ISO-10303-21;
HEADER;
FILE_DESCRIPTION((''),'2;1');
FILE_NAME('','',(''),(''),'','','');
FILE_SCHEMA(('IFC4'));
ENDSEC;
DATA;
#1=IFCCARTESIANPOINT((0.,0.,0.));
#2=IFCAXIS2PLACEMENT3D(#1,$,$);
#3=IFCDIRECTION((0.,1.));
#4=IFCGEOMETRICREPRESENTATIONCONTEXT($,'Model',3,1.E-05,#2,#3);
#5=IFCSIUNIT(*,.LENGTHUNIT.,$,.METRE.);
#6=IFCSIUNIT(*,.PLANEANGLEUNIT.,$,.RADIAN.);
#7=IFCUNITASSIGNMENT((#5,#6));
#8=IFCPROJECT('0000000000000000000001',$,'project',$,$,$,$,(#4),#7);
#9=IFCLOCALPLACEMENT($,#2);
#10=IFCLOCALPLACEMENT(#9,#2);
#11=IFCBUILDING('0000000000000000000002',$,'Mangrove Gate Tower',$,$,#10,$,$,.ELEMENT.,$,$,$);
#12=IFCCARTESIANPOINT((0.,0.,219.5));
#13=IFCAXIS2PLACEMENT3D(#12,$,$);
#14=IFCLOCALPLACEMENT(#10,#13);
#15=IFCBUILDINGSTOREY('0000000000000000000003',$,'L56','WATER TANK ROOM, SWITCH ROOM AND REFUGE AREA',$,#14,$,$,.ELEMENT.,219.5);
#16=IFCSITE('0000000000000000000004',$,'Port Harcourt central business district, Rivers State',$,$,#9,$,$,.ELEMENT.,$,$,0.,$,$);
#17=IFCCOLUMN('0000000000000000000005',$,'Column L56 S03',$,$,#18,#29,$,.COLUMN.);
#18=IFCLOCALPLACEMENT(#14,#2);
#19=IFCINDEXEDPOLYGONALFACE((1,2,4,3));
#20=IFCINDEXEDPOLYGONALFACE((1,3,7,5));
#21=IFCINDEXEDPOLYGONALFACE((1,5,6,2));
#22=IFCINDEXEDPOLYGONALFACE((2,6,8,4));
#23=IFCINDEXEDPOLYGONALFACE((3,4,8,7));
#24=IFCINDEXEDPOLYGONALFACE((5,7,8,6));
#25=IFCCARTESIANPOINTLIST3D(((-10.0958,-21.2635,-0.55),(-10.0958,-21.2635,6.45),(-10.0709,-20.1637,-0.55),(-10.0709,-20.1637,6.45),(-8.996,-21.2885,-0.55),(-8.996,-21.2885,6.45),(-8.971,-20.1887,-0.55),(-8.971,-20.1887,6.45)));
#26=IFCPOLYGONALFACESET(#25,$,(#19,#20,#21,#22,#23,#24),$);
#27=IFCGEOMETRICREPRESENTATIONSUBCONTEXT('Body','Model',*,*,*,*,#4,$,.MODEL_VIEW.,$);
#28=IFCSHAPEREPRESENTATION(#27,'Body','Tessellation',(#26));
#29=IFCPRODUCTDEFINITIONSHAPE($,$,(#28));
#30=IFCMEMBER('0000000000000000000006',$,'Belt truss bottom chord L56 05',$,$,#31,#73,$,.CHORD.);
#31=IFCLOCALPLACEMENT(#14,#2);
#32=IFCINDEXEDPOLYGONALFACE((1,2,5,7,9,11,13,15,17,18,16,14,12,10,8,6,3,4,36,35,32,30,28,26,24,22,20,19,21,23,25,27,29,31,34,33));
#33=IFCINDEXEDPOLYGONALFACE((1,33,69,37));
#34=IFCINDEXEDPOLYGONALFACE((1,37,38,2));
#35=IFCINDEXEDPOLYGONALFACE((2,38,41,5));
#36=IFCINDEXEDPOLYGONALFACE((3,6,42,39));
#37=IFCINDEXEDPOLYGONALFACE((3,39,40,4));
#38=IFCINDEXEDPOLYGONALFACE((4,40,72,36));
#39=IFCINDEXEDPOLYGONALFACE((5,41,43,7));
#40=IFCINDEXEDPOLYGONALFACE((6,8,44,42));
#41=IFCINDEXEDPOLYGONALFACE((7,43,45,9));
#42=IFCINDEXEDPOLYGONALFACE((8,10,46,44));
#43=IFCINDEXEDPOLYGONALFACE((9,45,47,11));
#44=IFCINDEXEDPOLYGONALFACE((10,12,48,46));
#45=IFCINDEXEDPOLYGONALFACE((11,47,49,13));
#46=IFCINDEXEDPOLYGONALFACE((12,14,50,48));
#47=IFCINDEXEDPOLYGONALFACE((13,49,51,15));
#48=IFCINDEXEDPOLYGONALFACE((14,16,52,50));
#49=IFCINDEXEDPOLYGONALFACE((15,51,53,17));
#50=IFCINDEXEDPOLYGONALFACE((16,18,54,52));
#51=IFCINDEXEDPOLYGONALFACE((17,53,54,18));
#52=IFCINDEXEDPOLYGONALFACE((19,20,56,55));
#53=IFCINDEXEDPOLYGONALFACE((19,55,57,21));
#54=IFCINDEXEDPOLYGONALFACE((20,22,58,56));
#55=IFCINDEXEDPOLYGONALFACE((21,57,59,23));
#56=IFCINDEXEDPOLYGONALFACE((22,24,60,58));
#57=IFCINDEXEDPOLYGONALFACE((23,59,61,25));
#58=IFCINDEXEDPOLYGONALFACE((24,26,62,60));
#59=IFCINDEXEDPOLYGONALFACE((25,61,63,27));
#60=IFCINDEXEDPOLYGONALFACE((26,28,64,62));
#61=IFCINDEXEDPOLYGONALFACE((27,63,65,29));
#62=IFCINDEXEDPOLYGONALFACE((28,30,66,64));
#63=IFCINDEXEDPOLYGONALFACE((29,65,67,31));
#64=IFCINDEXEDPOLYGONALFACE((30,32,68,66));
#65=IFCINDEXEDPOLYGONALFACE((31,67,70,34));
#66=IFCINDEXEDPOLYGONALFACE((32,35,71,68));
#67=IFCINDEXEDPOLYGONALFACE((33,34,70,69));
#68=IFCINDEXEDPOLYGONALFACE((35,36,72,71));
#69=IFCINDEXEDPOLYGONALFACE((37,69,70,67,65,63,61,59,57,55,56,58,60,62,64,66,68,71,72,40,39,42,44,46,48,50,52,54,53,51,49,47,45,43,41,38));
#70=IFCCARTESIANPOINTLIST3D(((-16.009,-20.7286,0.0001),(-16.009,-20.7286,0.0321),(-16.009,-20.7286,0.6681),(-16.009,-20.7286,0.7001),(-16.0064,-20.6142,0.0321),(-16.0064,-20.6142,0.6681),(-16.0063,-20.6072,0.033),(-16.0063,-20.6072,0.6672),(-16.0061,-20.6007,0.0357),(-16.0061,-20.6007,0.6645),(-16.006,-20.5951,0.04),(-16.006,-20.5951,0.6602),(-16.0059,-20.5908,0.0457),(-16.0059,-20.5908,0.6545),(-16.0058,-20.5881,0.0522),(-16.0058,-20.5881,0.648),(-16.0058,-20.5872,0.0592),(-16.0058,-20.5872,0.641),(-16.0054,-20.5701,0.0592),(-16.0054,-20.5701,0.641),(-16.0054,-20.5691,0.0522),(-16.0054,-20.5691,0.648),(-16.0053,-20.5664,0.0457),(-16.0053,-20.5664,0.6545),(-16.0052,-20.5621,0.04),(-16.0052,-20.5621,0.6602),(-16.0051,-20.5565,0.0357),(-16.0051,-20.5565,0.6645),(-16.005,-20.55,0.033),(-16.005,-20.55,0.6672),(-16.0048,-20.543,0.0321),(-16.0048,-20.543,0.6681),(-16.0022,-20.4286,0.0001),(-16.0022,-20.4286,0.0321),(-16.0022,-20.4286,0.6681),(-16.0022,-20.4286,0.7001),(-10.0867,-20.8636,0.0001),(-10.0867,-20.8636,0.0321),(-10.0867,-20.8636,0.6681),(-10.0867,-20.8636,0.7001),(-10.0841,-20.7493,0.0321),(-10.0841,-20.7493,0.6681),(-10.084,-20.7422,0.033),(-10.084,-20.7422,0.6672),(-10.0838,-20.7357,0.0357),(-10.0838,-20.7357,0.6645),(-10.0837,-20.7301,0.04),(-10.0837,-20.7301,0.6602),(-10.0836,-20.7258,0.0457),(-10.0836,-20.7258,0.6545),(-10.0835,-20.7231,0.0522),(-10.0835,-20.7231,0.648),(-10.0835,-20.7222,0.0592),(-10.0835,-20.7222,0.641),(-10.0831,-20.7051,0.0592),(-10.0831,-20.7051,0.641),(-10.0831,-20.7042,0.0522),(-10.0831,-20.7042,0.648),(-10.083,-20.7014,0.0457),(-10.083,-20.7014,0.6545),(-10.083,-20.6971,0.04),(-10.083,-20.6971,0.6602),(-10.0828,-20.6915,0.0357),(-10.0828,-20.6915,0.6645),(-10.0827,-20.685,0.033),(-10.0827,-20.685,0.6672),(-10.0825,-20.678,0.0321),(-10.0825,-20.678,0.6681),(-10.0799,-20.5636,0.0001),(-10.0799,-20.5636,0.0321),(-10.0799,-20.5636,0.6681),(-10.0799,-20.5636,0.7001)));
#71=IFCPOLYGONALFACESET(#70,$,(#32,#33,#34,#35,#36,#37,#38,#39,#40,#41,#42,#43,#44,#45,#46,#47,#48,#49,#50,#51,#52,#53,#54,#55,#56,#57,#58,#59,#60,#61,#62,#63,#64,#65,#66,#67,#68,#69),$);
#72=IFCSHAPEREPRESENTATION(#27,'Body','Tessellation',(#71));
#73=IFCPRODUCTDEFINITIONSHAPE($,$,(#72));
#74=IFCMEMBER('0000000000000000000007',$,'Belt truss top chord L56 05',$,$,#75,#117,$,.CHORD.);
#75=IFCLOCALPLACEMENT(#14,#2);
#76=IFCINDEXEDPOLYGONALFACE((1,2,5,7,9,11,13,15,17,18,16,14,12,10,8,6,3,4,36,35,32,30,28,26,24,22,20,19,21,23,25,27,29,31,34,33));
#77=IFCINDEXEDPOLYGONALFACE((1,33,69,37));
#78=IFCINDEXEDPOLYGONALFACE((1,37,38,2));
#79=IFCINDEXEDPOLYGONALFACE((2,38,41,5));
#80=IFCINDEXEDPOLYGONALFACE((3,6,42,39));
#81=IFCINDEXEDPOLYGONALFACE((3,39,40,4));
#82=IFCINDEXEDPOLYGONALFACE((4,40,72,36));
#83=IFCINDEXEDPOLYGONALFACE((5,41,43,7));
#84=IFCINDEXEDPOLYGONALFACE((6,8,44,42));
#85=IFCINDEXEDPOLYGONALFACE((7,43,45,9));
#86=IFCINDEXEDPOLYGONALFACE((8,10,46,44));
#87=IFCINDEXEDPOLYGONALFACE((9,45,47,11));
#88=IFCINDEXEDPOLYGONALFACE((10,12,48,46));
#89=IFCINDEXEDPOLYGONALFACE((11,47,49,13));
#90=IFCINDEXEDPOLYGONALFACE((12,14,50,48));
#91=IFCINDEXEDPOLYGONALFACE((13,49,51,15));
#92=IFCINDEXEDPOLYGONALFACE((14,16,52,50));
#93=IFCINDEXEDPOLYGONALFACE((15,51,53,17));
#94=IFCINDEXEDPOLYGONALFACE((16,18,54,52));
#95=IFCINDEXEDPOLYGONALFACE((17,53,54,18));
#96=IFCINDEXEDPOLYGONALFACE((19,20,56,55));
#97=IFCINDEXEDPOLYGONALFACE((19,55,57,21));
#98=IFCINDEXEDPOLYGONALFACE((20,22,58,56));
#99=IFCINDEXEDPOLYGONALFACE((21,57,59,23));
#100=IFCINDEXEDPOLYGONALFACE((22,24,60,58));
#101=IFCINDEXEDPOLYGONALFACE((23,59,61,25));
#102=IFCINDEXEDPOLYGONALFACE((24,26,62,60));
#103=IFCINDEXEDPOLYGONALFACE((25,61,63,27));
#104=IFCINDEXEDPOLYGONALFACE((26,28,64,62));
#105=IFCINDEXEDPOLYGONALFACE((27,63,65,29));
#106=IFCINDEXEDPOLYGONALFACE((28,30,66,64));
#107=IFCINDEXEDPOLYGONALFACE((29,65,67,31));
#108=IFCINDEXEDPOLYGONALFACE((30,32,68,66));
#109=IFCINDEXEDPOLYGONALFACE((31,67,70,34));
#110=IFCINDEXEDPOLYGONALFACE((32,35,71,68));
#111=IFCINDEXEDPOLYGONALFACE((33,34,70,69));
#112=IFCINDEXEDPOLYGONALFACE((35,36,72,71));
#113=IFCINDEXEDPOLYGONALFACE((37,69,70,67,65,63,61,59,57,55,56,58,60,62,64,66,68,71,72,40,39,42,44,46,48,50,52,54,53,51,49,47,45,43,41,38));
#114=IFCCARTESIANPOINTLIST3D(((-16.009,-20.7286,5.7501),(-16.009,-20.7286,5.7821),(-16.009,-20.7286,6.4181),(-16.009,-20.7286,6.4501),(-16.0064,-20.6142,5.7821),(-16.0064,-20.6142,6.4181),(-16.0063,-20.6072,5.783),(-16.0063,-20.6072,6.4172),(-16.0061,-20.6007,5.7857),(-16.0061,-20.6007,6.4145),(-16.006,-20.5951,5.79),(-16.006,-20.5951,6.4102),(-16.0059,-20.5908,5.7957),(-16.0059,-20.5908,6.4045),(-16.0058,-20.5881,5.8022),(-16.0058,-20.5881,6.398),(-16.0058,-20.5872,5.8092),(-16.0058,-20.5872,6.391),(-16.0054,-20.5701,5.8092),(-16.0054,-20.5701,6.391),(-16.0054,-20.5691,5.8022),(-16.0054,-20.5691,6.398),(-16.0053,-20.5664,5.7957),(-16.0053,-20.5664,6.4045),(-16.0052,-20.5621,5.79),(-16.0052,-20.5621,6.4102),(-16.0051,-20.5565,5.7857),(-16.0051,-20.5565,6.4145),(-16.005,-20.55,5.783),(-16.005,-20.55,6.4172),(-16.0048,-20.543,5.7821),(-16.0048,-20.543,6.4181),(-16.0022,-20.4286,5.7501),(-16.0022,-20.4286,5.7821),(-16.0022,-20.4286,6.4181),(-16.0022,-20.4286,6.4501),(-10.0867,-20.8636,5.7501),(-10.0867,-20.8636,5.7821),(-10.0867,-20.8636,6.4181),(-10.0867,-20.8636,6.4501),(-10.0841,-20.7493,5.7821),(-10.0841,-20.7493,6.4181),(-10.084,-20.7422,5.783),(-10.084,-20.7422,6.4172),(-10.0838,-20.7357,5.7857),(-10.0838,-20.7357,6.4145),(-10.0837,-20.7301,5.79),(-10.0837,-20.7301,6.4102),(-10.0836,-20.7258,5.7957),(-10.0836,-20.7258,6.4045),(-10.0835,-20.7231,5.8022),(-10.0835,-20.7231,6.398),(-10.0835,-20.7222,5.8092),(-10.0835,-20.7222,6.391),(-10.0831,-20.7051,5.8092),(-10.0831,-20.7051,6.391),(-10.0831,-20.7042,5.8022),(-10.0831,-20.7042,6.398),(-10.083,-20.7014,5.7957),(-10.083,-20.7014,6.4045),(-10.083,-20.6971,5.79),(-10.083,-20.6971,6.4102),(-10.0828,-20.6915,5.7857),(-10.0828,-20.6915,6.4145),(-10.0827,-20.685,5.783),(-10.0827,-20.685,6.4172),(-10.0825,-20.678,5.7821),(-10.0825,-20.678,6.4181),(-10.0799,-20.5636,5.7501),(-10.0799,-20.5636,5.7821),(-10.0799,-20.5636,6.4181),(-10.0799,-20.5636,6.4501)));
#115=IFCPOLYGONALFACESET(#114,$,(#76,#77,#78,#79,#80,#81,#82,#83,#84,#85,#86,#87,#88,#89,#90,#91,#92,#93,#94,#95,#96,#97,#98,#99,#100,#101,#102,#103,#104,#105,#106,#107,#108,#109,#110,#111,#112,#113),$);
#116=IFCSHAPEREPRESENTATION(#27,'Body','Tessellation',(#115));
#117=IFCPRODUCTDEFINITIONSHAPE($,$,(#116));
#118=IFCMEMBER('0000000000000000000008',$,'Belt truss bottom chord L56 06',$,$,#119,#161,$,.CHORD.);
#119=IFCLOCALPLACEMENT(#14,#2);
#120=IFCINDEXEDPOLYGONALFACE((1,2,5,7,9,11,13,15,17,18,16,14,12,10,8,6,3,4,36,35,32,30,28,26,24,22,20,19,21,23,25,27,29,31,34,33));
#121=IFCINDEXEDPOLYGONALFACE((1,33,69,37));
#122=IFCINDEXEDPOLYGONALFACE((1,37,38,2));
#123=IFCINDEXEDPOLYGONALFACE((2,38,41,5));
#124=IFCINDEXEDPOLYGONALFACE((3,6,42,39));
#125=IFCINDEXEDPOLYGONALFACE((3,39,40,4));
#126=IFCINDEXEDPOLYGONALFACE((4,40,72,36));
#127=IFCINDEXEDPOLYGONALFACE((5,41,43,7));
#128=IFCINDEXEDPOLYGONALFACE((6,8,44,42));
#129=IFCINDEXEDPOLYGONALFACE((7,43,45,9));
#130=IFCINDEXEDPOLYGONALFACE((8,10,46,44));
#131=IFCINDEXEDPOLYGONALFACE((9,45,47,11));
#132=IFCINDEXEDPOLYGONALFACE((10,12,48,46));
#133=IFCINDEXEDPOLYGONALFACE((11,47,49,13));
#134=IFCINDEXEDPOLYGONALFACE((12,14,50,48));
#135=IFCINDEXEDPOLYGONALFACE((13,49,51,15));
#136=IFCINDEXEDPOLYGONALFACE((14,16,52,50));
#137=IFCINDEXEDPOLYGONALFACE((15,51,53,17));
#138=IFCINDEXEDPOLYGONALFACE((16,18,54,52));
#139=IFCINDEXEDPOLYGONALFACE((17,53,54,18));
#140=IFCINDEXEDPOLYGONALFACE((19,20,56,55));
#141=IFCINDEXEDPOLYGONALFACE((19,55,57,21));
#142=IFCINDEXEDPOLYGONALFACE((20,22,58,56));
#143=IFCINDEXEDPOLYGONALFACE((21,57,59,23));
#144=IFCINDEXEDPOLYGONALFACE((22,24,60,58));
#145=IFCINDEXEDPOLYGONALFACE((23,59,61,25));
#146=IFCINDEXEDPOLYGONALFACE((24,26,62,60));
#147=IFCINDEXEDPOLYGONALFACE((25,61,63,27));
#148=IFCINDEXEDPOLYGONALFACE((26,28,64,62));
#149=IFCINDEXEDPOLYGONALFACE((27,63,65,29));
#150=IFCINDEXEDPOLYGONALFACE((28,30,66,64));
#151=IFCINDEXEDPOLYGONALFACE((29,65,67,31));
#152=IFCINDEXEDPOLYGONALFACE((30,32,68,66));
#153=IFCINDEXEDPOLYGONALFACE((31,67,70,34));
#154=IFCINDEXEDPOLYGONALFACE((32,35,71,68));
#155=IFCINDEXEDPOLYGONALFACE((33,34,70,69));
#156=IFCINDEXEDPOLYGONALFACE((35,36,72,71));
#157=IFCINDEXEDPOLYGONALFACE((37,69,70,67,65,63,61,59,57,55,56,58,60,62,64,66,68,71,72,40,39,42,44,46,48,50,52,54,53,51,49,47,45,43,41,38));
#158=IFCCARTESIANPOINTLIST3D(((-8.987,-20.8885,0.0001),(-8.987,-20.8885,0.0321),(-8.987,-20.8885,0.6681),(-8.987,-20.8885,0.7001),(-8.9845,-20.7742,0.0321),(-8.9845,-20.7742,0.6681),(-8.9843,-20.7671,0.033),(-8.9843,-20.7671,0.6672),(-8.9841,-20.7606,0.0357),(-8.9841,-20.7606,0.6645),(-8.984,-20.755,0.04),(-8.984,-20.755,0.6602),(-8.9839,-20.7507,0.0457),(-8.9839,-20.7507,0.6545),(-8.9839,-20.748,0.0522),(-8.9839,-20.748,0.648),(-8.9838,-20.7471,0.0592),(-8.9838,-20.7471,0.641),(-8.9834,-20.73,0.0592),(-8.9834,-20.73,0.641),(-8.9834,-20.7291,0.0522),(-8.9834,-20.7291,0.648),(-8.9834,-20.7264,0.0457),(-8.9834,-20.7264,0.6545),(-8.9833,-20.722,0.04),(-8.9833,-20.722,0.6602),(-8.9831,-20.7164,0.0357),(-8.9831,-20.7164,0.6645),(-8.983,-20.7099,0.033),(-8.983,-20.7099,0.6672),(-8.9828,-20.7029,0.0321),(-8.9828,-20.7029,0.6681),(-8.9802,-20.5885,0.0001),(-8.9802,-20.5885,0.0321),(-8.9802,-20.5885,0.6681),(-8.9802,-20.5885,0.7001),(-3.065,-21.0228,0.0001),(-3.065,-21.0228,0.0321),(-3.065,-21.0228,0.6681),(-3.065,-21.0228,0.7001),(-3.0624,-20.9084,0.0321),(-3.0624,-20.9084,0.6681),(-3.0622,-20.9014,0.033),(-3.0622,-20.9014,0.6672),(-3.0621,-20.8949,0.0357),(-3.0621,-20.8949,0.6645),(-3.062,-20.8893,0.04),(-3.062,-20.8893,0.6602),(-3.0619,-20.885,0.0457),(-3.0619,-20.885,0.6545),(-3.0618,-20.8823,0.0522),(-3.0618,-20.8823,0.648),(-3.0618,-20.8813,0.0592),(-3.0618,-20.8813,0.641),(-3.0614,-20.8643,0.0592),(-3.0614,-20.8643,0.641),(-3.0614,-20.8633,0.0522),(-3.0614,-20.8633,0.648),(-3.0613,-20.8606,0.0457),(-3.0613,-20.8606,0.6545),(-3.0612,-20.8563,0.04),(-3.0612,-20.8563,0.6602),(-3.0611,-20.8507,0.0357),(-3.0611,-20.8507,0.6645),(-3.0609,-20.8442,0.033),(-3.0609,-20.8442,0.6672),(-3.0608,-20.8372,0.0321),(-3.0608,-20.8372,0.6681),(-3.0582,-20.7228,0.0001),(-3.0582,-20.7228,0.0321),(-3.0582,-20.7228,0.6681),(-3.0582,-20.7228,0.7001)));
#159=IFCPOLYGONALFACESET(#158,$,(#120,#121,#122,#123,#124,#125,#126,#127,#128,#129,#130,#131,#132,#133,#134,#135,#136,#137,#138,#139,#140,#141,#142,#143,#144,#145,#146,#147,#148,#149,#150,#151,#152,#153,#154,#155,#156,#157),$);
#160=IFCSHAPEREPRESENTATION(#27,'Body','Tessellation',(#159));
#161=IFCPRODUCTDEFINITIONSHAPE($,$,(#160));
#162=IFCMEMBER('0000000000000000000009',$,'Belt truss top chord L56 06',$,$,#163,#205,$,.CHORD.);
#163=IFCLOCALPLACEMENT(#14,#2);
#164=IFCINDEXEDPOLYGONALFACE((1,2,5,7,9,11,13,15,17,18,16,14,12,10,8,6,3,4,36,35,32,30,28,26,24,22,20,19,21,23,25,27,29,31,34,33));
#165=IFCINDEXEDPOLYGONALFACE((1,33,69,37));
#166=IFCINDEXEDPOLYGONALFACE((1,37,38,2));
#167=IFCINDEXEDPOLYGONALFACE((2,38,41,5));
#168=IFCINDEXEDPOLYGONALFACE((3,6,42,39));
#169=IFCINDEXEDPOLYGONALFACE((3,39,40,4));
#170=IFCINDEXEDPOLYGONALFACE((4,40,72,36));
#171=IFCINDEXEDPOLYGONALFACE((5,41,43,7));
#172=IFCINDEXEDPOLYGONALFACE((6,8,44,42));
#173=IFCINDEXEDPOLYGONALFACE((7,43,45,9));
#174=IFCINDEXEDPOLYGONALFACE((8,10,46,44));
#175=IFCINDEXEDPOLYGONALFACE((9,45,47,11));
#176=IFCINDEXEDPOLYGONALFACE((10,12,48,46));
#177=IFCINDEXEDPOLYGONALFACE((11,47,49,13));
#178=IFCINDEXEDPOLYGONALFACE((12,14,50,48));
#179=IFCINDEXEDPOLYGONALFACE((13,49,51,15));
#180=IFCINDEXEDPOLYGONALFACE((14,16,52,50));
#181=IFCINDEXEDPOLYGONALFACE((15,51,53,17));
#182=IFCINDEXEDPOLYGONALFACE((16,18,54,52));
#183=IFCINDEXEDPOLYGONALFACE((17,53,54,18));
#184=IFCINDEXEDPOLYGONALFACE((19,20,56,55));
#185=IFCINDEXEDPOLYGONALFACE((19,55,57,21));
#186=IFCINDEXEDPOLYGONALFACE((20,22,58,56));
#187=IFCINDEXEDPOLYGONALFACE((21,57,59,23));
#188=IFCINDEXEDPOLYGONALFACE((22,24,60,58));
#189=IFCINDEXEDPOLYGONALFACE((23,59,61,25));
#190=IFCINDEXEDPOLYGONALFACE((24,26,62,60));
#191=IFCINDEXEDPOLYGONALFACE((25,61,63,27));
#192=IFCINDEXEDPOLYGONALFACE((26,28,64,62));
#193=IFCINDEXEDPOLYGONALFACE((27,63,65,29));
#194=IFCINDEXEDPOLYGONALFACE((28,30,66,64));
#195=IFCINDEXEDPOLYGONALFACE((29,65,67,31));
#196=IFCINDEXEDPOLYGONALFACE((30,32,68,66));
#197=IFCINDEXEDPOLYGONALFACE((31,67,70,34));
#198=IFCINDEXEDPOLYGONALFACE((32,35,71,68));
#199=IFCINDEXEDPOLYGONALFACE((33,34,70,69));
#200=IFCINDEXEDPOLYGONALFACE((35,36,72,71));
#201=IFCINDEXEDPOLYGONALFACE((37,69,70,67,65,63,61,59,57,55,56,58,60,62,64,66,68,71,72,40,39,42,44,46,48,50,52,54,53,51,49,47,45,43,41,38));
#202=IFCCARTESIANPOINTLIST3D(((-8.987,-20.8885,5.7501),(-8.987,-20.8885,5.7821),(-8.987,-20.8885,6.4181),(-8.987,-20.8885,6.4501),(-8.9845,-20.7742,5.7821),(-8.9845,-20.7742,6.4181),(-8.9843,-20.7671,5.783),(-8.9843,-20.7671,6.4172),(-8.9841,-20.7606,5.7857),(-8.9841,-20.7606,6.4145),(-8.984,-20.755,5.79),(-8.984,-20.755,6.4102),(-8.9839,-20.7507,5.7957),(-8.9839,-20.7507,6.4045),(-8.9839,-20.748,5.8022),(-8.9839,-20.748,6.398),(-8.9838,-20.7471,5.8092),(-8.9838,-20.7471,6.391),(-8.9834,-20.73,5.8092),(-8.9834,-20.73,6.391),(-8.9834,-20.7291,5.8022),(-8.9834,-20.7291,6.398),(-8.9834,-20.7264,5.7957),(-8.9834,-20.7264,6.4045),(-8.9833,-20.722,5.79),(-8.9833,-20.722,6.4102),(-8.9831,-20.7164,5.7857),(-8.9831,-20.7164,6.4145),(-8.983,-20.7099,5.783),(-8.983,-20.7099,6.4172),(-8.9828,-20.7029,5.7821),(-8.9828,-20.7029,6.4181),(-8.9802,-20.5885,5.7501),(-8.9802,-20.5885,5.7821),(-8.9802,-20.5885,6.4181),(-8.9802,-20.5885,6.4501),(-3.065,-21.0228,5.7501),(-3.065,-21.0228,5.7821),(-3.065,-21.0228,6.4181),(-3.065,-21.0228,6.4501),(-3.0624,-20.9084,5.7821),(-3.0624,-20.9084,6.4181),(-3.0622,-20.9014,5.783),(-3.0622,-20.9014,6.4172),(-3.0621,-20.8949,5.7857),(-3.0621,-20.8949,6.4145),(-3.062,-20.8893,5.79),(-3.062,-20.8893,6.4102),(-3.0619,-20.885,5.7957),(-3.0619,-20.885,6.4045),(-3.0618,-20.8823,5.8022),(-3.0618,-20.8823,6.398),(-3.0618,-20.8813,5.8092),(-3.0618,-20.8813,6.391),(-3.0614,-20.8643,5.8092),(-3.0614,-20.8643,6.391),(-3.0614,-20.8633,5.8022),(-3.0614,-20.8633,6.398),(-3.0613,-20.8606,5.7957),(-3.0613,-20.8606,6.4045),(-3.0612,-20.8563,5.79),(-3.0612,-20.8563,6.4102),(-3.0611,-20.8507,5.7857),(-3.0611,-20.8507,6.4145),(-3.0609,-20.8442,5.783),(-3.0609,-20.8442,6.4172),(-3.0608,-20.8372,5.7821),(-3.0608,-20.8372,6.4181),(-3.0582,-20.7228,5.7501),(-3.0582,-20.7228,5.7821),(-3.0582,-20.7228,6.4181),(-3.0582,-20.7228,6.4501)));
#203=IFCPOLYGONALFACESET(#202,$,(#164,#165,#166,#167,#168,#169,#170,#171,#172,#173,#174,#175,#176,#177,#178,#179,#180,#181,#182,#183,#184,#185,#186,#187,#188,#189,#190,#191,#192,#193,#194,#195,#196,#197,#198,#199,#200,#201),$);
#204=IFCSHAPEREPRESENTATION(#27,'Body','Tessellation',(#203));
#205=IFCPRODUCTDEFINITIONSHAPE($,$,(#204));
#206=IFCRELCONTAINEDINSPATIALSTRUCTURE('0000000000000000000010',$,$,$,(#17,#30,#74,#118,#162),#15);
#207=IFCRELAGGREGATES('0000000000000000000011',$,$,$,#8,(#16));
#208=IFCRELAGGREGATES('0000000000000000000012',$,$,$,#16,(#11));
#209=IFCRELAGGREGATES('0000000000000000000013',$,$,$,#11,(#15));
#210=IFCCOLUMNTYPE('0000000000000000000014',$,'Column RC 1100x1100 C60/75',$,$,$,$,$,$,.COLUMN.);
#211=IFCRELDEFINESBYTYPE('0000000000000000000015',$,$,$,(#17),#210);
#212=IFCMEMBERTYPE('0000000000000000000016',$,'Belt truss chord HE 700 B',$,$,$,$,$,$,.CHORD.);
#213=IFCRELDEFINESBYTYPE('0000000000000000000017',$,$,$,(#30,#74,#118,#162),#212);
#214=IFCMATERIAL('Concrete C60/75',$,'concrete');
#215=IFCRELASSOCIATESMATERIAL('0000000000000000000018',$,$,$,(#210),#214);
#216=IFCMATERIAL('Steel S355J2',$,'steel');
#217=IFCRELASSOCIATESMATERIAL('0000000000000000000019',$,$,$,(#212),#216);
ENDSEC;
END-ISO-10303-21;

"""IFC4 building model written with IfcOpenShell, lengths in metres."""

from ifc_helpers import new_model, si_unit, direction, frame, origin, origin_2d, place, context, subcontext, project, spatial, rectangle, i_section, extrude, material, material_profile, profile_set, type_object, element, save


model = new_model("IFC4")

# Units and contexts
model_context = context("Model", 3, precision=1e-05, world=origin(), true_north=direction((0.0, 1.0)))
body_context = subcontext(model_context, "Body", "Model", "MODEL_VIEW")
ifc_project = project(units=[si_unit("LENGTHUNIT", "METRE"), si_unit("PLANEANGLEUNIT", "RADIAN")], contexts=[model_context])

# Site, building, storey
site_placement = place(None, origin())
site = spatial("IfcSite", under=ifc_project, at=site_placement, Name="Port Harcourt central business district, Rivers State", CompositionType="ELEMENT", RefElevation=0.0)
building_placement = place(site_placement, origin())
building = spatial("IfcBuilding", under=site, at=building_placement, Name="Mangrove Gate Tower", CompositionType="ELEMENT")
storey_placement = place(building_placement, frame((0.0, 0.0, 219.5)))
storey = spatial("IfcBuildingStorey", under=building, at=storey_placement, Name="L56", Description="WATER TANK ROOM, SWITCH ROOM AND REFUGE AREA", CompositionType="ELEMENT", Elevation=219.5)

# Column
ifc_material_1 = material(Name="Concrete C60/75", Category="concrete")
ifc_material_profile_1 = material_profile(ifc_material_1, rectangle(XDim=1.1001, YDim=1.1001, at=origin_2d()))
ifc_profile_set_1 = profile_set([ifc_material_profile_1], Name="Concrete C60/75")
column_type = type_object("IfcColumnType", Name="Column RC 1100x1100 C60/75", PredefinedType="COLUMN", material=ifc_profile_set_1)
column_placement = place(storey_placement, frame((-9.5334, -20.7261, -0.55), z_axis=(0.0, 0.0, 1.0), x_axis=(0.999742, -0.022708, 0.0)))
element("IfcColumn", 1, at=column_placement, inside=storey, type_object=column_type, Name="Column L56 S03", PredefinedType="COLUMN", context=body_context, shape_type="SweptSolid", body=[
    extrude(rectangle(XDim=1.1001, YDim=1.1001, at=origin_2d()), origin(), (0.0, 0.0, 1.0), 7.0),
])

# Members
ifc_material_2 = material(Name="Steel S355J2", Category="steel")
ifc_material_profile_2 = material_profile(ifc_material_2, i_section(OverallWidth=0.3, OverallDepth=0.7, WebThickness=0.0171, FlangeThickness=0.032, FilletRadius=0.0271, at=origin_2d()))
ifc_profile_set_2 = profile_set([ifc_material_profile_2], Name="Steel S355J2")
member_type_1 = type_object("IfcMemberType", Name="Belt truss chord HE 700 B", PredefinedType="CHORD", material=ifc_profile_set_2)
for number, where, z_axis, x_axis, name in (
    (2, (-16.0056, -20.5786, 0.3501), (0.99974, -0.022791, 0.0), (0.022791, 0.99974, 0.0), "Belt truss bottom chord L56 05"),
    (3, (-16.0056, -20.5786, 6.1001), (0.99974, -0.022791, 0.0), (0.022791, 0.99974, 0.0), "Belt truss top chord L56 05"),
):
    element("IfcMember", number, at=place(storey_placement, frame(where, z_axis=z_axis, x_axis=x_axis)), inside=storey, type_object=member_type_1, Name=name, PredefinedType="CHORD", context=body_context, shape_type="SweptSolid", body=[
        extrude(i_section(OverallWidth=0.3, OverallDepth=0.7, WebThickness=0.0171, FlangeThickness=0.032, FilletRadius=0.0271, at=origin_2d()), origin(), (0.0, 0.0, 1.0), 5.9238),
    ])
for number, where, z_axis, x_axis, name in (
    (4, (-8.9836, -20.7385, 0.3501), (0.999743, -0.022668, 0.0), (0.022668, 0.999743, 0.0), "Belt truss bottom chord L56 06"),
    (5, (-8.9836, -20.7385, 6.1001), (0.999743, -0.022668, 0.0), (0.022668, 0.999743, 0.0), "Belt truss top chord L56 06"),
):
    element("IfcMember", number, at=place(storey_placement, frame(where, z_axis=z_axis, x_axis=x_axis)), inside=storey, type_object=member_type_1, Name=name, PredefinedType="CHORD", context=body_context, shape_type="SweptSolid", body=[
        extrude(i_section(OverallWidth=0.3, OverallDepth=0.7, WebThickness=0.0171, FlangeThickness=0.032, FilletRadius=0.0271, at=origin_2d()), origin(), (0.0, 0.0, 1.0), 5.9236),
    ])

save(model, "model.ifc")
